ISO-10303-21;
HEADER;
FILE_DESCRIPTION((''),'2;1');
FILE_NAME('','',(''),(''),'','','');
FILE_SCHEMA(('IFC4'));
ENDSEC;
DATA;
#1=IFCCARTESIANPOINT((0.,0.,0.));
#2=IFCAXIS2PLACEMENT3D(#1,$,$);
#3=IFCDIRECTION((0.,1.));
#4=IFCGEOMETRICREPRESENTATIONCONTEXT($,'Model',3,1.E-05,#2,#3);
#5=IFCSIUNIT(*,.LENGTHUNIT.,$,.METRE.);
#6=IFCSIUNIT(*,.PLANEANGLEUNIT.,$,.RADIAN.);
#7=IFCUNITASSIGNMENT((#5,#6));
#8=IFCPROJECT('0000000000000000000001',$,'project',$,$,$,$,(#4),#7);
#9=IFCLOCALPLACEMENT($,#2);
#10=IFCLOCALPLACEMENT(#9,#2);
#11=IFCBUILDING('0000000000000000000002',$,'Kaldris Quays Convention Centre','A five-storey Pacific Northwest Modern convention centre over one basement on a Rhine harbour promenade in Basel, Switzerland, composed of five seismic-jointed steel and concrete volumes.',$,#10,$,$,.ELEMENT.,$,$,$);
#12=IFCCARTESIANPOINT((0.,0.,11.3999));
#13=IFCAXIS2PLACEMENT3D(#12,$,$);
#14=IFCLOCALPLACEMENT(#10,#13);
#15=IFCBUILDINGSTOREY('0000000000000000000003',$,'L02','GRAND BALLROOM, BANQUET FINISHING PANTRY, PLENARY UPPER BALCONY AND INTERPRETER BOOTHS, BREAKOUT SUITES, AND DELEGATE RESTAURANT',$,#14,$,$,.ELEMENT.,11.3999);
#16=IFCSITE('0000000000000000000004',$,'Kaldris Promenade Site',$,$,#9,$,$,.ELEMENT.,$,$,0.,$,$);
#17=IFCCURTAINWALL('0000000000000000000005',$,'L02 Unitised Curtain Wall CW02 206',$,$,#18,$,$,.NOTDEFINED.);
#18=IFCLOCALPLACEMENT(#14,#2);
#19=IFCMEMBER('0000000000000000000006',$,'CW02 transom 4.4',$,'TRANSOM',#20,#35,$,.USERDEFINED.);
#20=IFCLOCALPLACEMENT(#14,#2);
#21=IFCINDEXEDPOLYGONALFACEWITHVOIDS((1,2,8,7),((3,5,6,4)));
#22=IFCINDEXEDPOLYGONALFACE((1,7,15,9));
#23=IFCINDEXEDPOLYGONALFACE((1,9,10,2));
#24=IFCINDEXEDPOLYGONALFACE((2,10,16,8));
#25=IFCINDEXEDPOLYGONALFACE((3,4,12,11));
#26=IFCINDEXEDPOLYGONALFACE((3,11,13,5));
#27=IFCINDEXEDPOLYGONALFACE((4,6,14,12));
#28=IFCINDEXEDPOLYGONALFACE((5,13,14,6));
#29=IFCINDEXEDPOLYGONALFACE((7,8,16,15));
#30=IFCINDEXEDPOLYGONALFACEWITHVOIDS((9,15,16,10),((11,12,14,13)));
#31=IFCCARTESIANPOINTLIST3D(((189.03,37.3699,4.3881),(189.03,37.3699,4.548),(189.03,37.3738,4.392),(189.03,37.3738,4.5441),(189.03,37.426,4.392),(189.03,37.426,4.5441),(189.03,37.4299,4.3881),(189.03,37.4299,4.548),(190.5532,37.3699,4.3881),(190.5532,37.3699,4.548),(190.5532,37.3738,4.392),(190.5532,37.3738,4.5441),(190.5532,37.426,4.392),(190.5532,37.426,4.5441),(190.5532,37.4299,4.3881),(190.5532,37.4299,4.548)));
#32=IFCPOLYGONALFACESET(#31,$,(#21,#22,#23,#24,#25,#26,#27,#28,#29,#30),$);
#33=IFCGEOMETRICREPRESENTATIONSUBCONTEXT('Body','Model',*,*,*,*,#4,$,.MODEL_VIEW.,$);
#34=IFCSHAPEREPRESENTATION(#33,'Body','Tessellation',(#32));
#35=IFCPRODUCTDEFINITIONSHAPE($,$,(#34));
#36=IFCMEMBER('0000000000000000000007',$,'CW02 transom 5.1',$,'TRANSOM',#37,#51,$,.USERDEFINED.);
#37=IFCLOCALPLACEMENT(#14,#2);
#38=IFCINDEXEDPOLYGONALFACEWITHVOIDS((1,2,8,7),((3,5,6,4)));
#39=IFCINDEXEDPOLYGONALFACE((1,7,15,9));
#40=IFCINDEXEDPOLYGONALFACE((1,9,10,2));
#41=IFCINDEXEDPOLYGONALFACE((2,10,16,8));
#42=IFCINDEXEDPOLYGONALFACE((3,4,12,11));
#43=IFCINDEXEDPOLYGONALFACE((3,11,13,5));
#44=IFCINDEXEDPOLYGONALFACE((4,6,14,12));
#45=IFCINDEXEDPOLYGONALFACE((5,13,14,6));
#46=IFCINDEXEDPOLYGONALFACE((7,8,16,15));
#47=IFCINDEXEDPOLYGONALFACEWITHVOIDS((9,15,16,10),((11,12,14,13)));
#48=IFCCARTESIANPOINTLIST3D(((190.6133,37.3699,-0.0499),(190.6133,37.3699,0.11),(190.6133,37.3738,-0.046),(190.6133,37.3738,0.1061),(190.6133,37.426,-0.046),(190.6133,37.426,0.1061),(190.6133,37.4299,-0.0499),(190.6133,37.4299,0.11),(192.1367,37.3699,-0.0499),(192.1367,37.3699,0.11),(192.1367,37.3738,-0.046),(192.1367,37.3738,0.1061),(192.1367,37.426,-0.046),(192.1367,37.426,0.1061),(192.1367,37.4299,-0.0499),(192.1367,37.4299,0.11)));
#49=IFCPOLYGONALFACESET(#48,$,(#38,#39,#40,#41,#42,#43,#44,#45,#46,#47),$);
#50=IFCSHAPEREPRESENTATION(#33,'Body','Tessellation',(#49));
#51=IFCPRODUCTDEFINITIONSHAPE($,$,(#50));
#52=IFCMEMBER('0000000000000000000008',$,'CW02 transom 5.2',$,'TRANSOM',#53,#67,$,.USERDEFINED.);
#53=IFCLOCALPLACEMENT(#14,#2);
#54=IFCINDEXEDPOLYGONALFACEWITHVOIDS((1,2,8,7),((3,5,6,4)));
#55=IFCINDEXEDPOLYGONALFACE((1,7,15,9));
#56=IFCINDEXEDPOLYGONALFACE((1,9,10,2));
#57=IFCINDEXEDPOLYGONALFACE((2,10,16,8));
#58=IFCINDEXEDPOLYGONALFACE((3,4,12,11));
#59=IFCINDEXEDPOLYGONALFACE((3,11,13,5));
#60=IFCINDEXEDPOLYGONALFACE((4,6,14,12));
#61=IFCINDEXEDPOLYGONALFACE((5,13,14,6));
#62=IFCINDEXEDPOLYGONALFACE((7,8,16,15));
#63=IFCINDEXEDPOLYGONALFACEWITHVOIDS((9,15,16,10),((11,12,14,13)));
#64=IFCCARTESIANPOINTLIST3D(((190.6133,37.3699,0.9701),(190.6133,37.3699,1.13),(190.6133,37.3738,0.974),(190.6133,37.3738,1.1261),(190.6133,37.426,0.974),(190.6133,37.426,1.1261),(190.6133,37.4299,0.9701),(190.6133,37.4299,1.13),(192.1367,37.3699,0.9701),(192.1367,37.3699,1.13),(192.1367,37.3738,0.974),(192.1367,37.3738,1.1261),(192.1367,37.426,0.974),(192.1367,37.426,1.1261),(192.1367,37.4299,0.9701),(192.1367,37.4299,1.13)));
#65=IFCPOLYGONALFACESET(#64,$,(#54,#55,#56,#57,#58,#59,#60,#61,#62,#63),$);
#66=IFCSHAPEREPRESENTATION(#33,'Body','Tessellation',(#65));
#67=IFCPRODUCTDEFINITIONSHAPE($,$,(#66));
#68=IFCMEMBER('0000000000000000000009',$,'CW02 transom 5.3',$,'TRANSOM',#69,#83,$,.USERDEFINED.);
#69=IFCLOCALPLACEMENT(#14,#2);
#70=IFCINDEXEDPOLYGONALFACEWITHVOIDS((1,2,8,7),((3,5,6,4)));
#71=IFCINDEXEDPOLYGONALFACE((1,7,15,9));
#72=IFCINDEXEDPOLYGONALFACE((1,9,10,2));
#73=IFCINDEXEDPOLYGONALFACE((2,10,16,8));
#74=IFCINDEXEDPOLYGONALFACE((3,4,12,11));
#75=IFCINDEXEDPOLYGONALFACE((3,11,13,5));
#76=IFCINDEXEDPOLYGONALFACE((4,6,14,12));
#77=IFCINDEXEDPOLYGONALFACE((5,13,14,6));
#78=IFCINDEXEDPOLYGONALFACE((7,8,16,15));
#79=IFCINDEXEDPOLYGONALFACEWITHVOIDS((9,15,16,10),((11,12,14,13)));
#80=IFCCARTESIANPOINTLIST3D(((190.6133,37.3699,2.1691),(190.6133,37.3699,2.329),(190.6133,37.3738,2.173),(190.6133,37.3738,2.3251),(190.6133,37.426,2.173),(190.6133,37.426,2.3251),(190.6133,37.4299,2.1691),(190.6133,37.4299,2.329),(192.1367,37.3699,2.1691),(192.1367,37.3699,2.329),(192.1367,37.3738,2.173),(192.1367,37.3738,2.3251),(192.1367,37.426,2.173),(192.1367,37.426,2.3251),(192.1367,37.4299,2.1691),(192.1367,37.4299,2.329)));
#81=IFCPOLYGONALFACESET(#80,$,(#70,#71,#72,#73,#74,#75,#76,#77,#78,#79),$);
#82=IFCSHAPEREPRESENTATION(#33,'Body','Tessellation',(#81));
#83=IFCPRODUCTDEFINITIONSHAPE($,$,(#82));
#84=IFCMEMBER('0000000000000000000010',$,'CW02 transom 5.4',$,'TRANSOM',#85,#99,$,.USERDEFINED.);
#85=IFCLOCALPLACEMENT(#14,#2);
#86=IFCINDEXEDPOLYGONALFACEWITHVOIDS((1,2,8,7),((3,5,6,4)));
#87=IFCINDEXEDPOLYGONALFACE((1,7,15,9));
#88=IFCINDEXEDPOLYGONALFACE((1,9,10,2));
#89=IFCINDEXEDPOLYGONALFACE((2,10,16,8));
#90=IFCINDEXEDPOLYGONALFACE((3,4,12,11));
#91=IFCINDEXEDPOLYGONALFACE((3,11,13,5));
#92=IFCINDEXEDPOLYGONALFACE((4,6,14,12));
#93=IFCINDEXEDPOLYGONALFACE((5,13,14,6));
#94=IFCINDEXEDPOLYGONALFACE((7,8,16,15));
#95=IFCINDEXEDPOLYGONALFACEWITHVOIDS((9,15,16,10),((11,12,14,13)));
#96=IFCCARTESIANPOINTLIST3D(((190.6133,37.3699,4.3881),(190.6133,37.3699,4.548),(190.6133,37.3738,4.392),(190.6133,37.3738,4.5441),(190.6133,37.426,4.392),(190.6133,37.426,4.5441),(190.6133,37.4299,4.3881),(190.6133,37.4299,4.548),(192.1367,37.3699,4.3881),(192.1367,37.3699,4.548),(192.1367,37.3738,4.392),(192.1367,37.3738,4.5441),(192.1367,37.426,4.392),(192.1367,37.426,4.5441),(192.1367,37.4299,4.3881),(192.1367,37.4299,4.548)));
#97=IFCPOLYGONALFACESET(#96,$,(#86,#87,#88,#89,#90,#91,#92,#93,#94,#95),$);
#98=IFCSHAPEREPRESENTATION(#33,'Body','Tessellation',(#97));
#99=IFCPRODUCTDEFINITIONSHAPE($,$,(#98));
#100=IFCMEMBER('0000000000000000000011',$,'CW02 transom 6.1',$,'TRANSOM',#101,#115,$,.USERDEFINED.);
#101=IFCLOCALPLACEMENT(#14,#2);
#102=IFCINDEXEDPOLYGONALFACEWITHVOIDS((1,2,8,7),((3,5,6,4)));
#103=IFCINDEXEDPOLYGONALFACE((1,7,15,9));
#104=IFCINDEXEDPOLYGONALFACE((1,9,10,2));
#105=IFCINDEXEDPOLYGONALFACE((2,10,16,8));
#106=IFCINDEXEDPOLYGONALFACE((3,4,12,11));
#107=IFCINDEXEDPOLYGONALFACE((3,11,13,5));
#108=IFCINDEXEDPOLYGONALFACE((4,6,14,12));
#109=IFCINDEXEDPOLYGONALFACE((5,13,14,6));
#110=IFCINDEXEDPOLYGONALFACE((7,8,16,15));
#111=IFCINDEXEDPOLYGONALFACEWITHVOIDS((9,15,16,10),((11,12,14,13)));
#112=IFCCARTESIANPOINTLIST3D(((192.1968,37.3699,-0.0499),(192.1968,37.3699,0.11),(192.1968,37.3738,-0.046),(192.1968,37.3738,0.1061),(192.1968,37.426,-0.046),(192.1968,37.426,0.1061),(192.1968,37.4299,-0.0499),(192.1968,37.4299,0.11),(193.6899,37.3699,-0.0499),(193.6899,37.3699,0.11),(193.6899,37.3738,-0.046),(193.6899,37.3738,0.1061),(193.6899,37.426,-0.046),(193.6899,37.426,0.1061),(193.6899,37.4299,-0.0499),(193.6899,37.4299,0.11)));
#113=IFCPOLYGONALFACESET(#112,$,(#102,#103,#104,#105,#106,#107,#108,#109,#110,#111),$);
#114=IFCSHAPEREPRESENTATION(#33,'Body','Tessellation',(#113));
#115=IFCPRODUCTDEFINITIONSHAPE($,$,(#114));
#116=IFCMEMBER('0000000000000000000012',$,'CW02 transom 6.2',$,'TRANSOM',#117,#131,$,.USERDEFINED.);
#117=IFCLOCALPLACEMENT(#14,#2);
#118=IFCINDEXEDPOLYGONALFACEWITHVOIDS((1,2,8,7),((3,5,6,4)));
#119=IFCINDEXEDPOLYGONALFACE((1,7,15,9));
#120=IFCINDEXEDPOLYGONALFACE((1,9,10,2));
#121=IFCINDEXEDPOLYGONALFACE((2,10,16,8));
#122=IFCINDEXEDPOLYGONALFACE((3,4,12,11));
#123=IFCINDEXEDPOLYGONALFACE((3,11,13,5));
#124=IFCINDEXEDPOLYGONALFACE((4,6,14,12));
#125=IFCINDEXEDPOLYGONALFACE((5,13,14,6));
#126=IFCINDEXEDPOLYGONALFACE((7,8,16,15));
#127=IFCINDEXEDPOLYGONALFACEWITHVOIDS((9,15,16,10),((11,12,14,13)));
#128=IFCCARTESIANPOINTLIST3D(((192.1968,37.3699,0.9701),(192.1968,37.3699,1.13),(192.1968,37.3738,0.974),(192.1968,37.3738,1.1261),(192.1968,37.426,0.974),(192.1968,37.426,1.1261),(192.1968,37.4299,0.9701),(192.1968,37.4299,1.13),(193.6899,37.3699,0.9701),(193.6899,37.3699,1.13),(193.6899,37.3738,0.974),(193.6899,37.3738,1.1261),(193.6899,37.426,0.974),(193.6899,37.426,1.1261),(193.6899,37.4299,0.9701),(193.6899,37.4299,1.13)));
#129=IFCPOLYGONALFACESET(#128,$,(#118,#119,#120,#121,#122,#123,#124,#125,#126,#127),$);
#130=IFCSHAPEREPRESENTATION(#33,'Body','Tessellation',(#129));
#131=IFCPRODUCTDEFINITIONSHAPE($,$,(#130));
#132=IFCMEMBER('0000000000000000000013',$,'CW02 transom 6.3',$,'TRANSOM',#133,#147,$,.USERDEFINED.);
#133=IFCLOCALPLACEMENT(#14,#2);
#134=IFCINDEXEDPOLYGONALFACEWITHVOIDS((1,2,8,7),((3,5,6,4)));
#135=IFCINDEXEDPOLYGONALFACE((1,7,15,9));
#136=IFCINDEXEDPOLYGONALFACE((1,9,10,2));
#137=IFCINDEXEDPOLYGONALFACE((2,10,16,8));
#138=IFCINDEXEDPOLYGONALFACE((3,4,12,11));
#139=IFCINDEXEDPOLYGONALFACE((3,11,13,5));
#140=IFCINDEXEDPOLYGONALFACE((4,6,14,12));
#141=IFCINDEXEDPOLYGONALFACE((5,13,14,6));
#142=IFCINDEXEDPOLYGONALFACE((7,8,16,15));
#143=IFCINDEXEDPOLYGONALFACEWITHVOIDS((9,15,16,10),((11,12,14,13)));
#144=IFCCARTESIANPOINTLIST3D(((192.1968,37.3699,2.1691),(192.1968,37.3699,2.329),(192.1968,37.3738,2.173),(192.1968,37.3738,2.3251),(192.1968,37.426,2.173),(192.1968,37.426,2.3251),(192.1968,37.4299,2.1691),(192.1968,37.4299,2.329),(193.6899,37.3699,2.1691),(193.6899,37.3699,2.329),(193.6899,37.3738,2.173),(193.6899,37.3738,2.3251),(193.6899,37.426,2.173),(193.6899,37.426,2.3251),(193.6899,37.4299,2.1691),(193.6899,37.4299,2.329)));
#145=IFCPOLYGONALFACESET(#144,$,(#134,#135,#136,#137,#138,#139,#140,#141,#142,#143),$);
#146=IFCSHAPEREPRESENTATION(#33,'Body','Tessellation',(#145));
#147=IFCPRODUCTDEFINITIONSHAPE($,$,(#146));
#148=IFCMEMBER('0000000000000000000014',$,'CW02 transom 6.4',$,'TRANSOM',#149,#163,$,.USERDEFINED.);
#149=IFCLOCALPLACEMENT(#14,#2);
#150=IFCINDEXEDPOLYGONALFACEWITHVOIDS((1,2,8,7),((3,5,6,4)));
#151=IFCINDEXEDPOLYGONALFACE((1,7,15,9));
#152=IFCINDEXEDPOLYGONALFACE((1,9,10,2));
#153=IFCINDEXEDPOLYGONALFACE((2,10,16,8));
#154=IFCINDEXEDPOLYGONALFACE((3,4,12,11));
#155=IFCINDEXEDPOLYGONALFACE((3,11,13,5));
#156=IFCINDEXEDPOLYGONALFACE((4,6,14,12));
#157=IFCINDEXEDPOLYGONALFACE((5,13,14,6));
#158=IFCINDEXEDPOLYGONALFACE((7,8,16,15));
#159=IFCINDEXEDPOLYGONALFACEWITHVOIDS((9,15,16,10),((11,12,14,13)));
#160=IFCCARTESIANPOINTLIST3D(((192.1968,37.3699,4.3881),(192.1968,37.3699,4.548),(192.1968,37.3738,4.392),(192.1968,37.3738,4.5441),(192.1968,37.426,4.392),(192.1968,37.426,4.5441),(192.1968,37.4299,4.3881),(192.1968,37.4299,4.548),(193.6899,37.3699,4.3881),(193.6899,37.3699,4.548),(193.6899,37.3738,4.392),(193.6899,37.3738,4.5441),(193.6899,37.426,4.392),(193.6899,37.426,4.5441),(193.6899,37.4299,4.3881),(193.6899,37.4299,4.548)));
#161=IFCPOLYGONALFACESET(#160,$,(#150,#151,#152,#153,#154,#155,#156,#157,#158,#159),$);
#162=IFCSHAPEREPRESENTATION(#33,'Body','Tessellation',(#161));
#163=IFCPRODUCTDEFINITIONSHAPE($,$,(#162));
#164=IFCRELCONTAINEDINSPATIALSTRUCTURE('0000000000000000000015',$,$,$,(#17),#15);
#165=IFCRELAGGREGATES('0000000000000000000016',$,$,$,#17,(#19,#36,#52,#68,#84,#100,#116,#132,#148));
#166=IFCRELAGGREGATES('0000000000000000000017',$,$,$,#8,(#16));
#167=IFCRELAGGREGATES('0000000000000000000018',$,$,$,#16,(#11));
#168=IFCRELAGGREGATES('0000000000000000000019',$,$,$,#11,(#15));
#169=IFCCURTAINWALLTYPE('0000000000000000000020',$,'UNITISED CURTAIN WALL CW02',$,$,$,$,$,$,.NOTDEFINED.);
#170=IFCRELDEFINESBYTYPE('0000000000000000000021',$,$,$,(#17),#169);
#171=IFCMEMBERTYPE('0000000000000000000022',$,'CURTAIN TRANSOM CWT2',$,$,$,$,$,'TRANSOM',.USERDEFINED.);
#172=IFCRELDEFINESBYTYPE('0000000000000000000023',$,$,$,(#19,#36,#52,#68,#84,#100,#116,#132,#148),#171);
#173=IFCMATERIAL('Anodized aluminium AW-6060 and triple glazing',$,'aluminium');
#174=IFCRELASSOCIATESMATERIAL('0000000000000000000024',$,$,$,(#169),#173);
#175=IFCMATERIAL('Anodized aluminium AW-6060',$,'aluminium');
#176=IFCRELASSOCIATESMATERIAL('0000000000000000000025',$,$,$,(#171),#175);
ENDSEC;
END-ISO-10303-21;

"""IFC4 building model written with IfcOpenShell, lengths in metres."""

from ifc_helpers import new_model, si_unit, direction, frame, origin, origin_2d, place, context, subcontext, project, spatial, hollow_rectangle, extrude, material, material_profile, profile_set, type_object, element, aggregate, save


model = new_model("IFC4")

# Units and contexts
model_context = context("Model", 3, precision=1e-05, world=origin(), true_north=direction((0.0, 1.0)))
body_context = subcontext(model_context, "Body", "Model", "MODEL_VIEW")
ifc_project = project(units=[si_unit("LENGTHUNIT", "METRE"), si_unit("PLANEANGLEUNIT", "RADIAN")], contexts=[model_context])

# Site, building, storey
site_placement = place(None, origin())
site = spatial("IfcSite", under=ifc_project, at=site_placement, Name="Kaldris Promenade Site", CompositionType="ELEMENT", RefElevation=0.0)
building_placement = place(site_placement, origin())
building = spatial("IfcBuilding", under=site, at=building_placement, Name="Kaldris Quays Convention Centre", Description="A five-storey Pacific Northwest Modern convention centre over one basement on a Rhine harbour promenade in Basel, Switzerland, composed of five seismic-jointed steel and concrete volumes.", CompositionType="ELEMENT")
storey_placement = place(building_placement, frame((0.0, 0.0, 11.3999)))
storey = spatial("IfcBuildingStorey", under=building, at=storey_placement, Name="L02", Description="GRAND BALLROOM, BANQUET FINISHING PANTRY, PLENARY UPPER BALCONY AND INTERPRETER BOOTHS, BREAKOUT SUITES, AND DELEGATE RESTAURANT", CompositionType="ELEMENT", Elevation=11.3999)

# Curtain wall, members
ifc_material_1 = material(Name="Anodized aluminium AW-6060 and triple glazing", Category="aluminium")
curtain_wall_type = type_object("IfcCurtainWallType", Name="UNITISED CURTAIN WALL CW02", PredefinedType="NOTDEFINED", material=ifc_material_1)
curtain_wall_placement = place(storey_placement, origin())
curtain_wall = element("IfcCurtainWall", 1, at=curtain_wall_placement, inside=storey, type_object=curtain_wall_type, Name="L02 Unitised Curtain Wall CW02 206", PredefinedType="NOTDEFINED")
ifc_material_2 = material(Name="Anodized aluminium AW-6060", Category="aluminium")
ifc_material_profile_1 = material_profile(ifc_material_2, hollow_rectangle(XDim=0.0601, YDim=0.1599, WallThickness=0.0039, at=origin_2d()), Name="RHS 160x60x4")
ifc_profile_set_1 = profile_set([ifc_material_profile_1], Name="Anodized aluminium AW-6060")
member_type_1 = type_object("IfcMemberType", Name="CURTAIN TRANSOM CWT2", ElementType="TRANSOM", PredefinedType="USERDEFINED", material=ifc_profile_set_1)
member_1_placement = place(storey_placement, frame((189.03, 37.3999, 4.468), z_axis=(1.0, 0.0, 0.0), x_axis=(0.0, 1.0, 0.0)))
member_1 = element("IfcMember", 2, at=member_1_placement, type_object=member_type_1, Name="CW02 transom 4.4", ObjectType="TRANSOM", PredefinedType="USERDEFINED", context=body_context, shape_type="SweptSolid", body=[
    extrude(hollow_rectangle(XDim=0.0601, YDim=0.1599, WallThickness=0.0039, at=origin_2d()), origin(), (0.0, 0.0, 1.0), 1.5232),
])
member_2_placement = place(storey_placement, frame((190.6133, 37.3999, 0.03), z_axis=(1.0, 0.0, 0.0), x_axis=(0.0, 1.0, 0.0)))
member_2 = element("IfcMember", 3, at=member_2_placement, type_object=member_type_1, Name="CW02 transom 5.1", ObjectType="TRANSOM", PredefinedType="USERDEFINED", context=body_context, shape_type="SweptSolid", body=[
    extrude(hollow_rectangle(XDim=0.0601, YDim=0.1599, WallThickness=0.0039, at=origin_2d()), origin(), (0.0, 0.0, 1.0), 1.5234),
])
member_3_placement = place(storey_placement, frame((190.6133, 37.3999, 1.05), z_axis=(1.0, 0.0, 0.0), x_axis=(0.0, 1.0, 0.0)))
member_3 = element("IfcMember", 4, at=member_3_placement, type_object=member_type_1, Name="CW02 transom 5.2", ObjectType="TRANSOM", PredefinedType="USERDEFINED", context=body_context, shape_type="SweptSolid", body=[
    extrude(hollow_rectangle(XDim=0.0601, YDim=0.1599, WallThickness=0.0039, at=origin_2d()), origin(), (0.0, 0.0, 1.0), 1.5234),
])
member_4_placement = place(storey_placement, frame((190.6133, 37.3999, 2.249), z_axis=(1.0, 0.0, 0.0), x_axis=(0.0, 1.0, 0.0)))
member_4 = element("IfcMember", 5, at=member_4_placement, type_object=member_type_1, Name="CW02 transom 5.3", ObjectType="TRANSOM", PredefinedType="USERDEFINED", context=body_context, shape_type="SweptSolid", body=[
    extrude(hollow_rectangle(XDim=0.0601, YDim=0.1599, WallThickness=0.0039, at=origin_2d()), origin(), (0.0, 0.0, 1.0), 1.5234),
])
member_5_placement = place(storey_placement, frame((190.6133, 37.3999, 4.468), z_axis=(1.0, 0.0, 0.0), x_axis=(0.0, 1.0, 0.0)))
member_5 = element("IfcMember", 6, at=member_5_placement, type_object=member_type_1, Name="CW02 transom 5.4", ObjectType="TRANSOM", PredefinedType="USERDEFINED", context=body_context, shape_type="SweptSolid", body=[
    extrude(hollow_rectangle(XDim=0.0601, YDim=0.1599, WallThickness=0.0039, at=origin_2d()), origin(), (0.0, 0.0, 1.0), 1.5234),
])
member_6_placement = place(storey_placement, frame((192.1968, 37.3999, 0.03), z_axis=(1.0, 0.0, 0.0), x_axis=(0.0, 1.0, 0.0)))
member_6 = element("IfcMember", 7, at=member_6_placement, type_object=member_type_1, Name="CW02 transom 6.1", ObjectType="TRANSOM", PredefinedType="USERDEFINED", context=body_context, shape_type="SweptSolid", body=[
    extrude(hollow_rectangle(XDim=0.0601, YDim=0.1599, WallThickness=0.0039, at=origin_2d()), origin(), (0.0, 0.0, 1.0), 1.4932),
])
member_7_placement = place(storey_placement, frame((192.1968, 37.3999, 1.05), z_axis=(1.0, 0.0, 0.0), x_axis=(0.0, 1.0, 0.0)))
member_7 = element("IfcMember", 8, at=member_7_placement, type_object=member_type_1, Name="CW02 transom 6.2", ObjectType="TRANSOM", PredefinedType="USERDEFINED", context=body_context, shape_type="SweptSolid", body=[
    extrude(hollow_rectangle(XDim=0.0601, YDim=0.1599, WallThickness=0.0039, at=origin_2d()), origin(), (0.0, 0.0, 1.0), 1.4932),
])
member_8_placement = place(storey_placement, frame((192.1968, 37.3999, 2.249), z_axis=(1.0, 0.0, 0.0), x_axis=(0.0, 1.0, 0.0)))
member_8 = element("IfcMember", 9, at=member_8_placement, type_object=member_type_1, Name="CW02 transom 6.3", ObjectType="TRANSOM", PredefinedType="USERDEFINED", context=body_context, shape_type="SweptSolid", body=[
    extrude(hollow_rectangle(XDim=0.0601, YDim=0.1599, WallThickness=0.0039, at=origin_2d()), origin(), (0.0, 0.0, 1.0), 1.4932),
])
member_9_placement = place(storey_placement, frame((192.1968, 37.3999, 4.468), z_axis=(1.0, 0.0, 0.0), x_axis=(0.0, 1.0, 0.0)))
member_9 = element("IfcMember", 10, at=member_9_placement, type_object=member_type_1, Name="CW02 transom 6.4", ObjectType="TRANSOM", PredefinedType="USERDEFINED", context=body_context, shape_type="SweptSolid", body=[
    extrude(hollow_rectangle(XDim=0.0601, YDim=0.1599, WallThickness=0.0039, at=origin_2d()), origin(), (0.0, 0.0, 1.0), 1.4932),
])

aggregate(curtain_wall, [member_1, member_2, member_3, member_4, member_5, member_6, member_7, member_8, member_9])

save(model, "model.ifc")
